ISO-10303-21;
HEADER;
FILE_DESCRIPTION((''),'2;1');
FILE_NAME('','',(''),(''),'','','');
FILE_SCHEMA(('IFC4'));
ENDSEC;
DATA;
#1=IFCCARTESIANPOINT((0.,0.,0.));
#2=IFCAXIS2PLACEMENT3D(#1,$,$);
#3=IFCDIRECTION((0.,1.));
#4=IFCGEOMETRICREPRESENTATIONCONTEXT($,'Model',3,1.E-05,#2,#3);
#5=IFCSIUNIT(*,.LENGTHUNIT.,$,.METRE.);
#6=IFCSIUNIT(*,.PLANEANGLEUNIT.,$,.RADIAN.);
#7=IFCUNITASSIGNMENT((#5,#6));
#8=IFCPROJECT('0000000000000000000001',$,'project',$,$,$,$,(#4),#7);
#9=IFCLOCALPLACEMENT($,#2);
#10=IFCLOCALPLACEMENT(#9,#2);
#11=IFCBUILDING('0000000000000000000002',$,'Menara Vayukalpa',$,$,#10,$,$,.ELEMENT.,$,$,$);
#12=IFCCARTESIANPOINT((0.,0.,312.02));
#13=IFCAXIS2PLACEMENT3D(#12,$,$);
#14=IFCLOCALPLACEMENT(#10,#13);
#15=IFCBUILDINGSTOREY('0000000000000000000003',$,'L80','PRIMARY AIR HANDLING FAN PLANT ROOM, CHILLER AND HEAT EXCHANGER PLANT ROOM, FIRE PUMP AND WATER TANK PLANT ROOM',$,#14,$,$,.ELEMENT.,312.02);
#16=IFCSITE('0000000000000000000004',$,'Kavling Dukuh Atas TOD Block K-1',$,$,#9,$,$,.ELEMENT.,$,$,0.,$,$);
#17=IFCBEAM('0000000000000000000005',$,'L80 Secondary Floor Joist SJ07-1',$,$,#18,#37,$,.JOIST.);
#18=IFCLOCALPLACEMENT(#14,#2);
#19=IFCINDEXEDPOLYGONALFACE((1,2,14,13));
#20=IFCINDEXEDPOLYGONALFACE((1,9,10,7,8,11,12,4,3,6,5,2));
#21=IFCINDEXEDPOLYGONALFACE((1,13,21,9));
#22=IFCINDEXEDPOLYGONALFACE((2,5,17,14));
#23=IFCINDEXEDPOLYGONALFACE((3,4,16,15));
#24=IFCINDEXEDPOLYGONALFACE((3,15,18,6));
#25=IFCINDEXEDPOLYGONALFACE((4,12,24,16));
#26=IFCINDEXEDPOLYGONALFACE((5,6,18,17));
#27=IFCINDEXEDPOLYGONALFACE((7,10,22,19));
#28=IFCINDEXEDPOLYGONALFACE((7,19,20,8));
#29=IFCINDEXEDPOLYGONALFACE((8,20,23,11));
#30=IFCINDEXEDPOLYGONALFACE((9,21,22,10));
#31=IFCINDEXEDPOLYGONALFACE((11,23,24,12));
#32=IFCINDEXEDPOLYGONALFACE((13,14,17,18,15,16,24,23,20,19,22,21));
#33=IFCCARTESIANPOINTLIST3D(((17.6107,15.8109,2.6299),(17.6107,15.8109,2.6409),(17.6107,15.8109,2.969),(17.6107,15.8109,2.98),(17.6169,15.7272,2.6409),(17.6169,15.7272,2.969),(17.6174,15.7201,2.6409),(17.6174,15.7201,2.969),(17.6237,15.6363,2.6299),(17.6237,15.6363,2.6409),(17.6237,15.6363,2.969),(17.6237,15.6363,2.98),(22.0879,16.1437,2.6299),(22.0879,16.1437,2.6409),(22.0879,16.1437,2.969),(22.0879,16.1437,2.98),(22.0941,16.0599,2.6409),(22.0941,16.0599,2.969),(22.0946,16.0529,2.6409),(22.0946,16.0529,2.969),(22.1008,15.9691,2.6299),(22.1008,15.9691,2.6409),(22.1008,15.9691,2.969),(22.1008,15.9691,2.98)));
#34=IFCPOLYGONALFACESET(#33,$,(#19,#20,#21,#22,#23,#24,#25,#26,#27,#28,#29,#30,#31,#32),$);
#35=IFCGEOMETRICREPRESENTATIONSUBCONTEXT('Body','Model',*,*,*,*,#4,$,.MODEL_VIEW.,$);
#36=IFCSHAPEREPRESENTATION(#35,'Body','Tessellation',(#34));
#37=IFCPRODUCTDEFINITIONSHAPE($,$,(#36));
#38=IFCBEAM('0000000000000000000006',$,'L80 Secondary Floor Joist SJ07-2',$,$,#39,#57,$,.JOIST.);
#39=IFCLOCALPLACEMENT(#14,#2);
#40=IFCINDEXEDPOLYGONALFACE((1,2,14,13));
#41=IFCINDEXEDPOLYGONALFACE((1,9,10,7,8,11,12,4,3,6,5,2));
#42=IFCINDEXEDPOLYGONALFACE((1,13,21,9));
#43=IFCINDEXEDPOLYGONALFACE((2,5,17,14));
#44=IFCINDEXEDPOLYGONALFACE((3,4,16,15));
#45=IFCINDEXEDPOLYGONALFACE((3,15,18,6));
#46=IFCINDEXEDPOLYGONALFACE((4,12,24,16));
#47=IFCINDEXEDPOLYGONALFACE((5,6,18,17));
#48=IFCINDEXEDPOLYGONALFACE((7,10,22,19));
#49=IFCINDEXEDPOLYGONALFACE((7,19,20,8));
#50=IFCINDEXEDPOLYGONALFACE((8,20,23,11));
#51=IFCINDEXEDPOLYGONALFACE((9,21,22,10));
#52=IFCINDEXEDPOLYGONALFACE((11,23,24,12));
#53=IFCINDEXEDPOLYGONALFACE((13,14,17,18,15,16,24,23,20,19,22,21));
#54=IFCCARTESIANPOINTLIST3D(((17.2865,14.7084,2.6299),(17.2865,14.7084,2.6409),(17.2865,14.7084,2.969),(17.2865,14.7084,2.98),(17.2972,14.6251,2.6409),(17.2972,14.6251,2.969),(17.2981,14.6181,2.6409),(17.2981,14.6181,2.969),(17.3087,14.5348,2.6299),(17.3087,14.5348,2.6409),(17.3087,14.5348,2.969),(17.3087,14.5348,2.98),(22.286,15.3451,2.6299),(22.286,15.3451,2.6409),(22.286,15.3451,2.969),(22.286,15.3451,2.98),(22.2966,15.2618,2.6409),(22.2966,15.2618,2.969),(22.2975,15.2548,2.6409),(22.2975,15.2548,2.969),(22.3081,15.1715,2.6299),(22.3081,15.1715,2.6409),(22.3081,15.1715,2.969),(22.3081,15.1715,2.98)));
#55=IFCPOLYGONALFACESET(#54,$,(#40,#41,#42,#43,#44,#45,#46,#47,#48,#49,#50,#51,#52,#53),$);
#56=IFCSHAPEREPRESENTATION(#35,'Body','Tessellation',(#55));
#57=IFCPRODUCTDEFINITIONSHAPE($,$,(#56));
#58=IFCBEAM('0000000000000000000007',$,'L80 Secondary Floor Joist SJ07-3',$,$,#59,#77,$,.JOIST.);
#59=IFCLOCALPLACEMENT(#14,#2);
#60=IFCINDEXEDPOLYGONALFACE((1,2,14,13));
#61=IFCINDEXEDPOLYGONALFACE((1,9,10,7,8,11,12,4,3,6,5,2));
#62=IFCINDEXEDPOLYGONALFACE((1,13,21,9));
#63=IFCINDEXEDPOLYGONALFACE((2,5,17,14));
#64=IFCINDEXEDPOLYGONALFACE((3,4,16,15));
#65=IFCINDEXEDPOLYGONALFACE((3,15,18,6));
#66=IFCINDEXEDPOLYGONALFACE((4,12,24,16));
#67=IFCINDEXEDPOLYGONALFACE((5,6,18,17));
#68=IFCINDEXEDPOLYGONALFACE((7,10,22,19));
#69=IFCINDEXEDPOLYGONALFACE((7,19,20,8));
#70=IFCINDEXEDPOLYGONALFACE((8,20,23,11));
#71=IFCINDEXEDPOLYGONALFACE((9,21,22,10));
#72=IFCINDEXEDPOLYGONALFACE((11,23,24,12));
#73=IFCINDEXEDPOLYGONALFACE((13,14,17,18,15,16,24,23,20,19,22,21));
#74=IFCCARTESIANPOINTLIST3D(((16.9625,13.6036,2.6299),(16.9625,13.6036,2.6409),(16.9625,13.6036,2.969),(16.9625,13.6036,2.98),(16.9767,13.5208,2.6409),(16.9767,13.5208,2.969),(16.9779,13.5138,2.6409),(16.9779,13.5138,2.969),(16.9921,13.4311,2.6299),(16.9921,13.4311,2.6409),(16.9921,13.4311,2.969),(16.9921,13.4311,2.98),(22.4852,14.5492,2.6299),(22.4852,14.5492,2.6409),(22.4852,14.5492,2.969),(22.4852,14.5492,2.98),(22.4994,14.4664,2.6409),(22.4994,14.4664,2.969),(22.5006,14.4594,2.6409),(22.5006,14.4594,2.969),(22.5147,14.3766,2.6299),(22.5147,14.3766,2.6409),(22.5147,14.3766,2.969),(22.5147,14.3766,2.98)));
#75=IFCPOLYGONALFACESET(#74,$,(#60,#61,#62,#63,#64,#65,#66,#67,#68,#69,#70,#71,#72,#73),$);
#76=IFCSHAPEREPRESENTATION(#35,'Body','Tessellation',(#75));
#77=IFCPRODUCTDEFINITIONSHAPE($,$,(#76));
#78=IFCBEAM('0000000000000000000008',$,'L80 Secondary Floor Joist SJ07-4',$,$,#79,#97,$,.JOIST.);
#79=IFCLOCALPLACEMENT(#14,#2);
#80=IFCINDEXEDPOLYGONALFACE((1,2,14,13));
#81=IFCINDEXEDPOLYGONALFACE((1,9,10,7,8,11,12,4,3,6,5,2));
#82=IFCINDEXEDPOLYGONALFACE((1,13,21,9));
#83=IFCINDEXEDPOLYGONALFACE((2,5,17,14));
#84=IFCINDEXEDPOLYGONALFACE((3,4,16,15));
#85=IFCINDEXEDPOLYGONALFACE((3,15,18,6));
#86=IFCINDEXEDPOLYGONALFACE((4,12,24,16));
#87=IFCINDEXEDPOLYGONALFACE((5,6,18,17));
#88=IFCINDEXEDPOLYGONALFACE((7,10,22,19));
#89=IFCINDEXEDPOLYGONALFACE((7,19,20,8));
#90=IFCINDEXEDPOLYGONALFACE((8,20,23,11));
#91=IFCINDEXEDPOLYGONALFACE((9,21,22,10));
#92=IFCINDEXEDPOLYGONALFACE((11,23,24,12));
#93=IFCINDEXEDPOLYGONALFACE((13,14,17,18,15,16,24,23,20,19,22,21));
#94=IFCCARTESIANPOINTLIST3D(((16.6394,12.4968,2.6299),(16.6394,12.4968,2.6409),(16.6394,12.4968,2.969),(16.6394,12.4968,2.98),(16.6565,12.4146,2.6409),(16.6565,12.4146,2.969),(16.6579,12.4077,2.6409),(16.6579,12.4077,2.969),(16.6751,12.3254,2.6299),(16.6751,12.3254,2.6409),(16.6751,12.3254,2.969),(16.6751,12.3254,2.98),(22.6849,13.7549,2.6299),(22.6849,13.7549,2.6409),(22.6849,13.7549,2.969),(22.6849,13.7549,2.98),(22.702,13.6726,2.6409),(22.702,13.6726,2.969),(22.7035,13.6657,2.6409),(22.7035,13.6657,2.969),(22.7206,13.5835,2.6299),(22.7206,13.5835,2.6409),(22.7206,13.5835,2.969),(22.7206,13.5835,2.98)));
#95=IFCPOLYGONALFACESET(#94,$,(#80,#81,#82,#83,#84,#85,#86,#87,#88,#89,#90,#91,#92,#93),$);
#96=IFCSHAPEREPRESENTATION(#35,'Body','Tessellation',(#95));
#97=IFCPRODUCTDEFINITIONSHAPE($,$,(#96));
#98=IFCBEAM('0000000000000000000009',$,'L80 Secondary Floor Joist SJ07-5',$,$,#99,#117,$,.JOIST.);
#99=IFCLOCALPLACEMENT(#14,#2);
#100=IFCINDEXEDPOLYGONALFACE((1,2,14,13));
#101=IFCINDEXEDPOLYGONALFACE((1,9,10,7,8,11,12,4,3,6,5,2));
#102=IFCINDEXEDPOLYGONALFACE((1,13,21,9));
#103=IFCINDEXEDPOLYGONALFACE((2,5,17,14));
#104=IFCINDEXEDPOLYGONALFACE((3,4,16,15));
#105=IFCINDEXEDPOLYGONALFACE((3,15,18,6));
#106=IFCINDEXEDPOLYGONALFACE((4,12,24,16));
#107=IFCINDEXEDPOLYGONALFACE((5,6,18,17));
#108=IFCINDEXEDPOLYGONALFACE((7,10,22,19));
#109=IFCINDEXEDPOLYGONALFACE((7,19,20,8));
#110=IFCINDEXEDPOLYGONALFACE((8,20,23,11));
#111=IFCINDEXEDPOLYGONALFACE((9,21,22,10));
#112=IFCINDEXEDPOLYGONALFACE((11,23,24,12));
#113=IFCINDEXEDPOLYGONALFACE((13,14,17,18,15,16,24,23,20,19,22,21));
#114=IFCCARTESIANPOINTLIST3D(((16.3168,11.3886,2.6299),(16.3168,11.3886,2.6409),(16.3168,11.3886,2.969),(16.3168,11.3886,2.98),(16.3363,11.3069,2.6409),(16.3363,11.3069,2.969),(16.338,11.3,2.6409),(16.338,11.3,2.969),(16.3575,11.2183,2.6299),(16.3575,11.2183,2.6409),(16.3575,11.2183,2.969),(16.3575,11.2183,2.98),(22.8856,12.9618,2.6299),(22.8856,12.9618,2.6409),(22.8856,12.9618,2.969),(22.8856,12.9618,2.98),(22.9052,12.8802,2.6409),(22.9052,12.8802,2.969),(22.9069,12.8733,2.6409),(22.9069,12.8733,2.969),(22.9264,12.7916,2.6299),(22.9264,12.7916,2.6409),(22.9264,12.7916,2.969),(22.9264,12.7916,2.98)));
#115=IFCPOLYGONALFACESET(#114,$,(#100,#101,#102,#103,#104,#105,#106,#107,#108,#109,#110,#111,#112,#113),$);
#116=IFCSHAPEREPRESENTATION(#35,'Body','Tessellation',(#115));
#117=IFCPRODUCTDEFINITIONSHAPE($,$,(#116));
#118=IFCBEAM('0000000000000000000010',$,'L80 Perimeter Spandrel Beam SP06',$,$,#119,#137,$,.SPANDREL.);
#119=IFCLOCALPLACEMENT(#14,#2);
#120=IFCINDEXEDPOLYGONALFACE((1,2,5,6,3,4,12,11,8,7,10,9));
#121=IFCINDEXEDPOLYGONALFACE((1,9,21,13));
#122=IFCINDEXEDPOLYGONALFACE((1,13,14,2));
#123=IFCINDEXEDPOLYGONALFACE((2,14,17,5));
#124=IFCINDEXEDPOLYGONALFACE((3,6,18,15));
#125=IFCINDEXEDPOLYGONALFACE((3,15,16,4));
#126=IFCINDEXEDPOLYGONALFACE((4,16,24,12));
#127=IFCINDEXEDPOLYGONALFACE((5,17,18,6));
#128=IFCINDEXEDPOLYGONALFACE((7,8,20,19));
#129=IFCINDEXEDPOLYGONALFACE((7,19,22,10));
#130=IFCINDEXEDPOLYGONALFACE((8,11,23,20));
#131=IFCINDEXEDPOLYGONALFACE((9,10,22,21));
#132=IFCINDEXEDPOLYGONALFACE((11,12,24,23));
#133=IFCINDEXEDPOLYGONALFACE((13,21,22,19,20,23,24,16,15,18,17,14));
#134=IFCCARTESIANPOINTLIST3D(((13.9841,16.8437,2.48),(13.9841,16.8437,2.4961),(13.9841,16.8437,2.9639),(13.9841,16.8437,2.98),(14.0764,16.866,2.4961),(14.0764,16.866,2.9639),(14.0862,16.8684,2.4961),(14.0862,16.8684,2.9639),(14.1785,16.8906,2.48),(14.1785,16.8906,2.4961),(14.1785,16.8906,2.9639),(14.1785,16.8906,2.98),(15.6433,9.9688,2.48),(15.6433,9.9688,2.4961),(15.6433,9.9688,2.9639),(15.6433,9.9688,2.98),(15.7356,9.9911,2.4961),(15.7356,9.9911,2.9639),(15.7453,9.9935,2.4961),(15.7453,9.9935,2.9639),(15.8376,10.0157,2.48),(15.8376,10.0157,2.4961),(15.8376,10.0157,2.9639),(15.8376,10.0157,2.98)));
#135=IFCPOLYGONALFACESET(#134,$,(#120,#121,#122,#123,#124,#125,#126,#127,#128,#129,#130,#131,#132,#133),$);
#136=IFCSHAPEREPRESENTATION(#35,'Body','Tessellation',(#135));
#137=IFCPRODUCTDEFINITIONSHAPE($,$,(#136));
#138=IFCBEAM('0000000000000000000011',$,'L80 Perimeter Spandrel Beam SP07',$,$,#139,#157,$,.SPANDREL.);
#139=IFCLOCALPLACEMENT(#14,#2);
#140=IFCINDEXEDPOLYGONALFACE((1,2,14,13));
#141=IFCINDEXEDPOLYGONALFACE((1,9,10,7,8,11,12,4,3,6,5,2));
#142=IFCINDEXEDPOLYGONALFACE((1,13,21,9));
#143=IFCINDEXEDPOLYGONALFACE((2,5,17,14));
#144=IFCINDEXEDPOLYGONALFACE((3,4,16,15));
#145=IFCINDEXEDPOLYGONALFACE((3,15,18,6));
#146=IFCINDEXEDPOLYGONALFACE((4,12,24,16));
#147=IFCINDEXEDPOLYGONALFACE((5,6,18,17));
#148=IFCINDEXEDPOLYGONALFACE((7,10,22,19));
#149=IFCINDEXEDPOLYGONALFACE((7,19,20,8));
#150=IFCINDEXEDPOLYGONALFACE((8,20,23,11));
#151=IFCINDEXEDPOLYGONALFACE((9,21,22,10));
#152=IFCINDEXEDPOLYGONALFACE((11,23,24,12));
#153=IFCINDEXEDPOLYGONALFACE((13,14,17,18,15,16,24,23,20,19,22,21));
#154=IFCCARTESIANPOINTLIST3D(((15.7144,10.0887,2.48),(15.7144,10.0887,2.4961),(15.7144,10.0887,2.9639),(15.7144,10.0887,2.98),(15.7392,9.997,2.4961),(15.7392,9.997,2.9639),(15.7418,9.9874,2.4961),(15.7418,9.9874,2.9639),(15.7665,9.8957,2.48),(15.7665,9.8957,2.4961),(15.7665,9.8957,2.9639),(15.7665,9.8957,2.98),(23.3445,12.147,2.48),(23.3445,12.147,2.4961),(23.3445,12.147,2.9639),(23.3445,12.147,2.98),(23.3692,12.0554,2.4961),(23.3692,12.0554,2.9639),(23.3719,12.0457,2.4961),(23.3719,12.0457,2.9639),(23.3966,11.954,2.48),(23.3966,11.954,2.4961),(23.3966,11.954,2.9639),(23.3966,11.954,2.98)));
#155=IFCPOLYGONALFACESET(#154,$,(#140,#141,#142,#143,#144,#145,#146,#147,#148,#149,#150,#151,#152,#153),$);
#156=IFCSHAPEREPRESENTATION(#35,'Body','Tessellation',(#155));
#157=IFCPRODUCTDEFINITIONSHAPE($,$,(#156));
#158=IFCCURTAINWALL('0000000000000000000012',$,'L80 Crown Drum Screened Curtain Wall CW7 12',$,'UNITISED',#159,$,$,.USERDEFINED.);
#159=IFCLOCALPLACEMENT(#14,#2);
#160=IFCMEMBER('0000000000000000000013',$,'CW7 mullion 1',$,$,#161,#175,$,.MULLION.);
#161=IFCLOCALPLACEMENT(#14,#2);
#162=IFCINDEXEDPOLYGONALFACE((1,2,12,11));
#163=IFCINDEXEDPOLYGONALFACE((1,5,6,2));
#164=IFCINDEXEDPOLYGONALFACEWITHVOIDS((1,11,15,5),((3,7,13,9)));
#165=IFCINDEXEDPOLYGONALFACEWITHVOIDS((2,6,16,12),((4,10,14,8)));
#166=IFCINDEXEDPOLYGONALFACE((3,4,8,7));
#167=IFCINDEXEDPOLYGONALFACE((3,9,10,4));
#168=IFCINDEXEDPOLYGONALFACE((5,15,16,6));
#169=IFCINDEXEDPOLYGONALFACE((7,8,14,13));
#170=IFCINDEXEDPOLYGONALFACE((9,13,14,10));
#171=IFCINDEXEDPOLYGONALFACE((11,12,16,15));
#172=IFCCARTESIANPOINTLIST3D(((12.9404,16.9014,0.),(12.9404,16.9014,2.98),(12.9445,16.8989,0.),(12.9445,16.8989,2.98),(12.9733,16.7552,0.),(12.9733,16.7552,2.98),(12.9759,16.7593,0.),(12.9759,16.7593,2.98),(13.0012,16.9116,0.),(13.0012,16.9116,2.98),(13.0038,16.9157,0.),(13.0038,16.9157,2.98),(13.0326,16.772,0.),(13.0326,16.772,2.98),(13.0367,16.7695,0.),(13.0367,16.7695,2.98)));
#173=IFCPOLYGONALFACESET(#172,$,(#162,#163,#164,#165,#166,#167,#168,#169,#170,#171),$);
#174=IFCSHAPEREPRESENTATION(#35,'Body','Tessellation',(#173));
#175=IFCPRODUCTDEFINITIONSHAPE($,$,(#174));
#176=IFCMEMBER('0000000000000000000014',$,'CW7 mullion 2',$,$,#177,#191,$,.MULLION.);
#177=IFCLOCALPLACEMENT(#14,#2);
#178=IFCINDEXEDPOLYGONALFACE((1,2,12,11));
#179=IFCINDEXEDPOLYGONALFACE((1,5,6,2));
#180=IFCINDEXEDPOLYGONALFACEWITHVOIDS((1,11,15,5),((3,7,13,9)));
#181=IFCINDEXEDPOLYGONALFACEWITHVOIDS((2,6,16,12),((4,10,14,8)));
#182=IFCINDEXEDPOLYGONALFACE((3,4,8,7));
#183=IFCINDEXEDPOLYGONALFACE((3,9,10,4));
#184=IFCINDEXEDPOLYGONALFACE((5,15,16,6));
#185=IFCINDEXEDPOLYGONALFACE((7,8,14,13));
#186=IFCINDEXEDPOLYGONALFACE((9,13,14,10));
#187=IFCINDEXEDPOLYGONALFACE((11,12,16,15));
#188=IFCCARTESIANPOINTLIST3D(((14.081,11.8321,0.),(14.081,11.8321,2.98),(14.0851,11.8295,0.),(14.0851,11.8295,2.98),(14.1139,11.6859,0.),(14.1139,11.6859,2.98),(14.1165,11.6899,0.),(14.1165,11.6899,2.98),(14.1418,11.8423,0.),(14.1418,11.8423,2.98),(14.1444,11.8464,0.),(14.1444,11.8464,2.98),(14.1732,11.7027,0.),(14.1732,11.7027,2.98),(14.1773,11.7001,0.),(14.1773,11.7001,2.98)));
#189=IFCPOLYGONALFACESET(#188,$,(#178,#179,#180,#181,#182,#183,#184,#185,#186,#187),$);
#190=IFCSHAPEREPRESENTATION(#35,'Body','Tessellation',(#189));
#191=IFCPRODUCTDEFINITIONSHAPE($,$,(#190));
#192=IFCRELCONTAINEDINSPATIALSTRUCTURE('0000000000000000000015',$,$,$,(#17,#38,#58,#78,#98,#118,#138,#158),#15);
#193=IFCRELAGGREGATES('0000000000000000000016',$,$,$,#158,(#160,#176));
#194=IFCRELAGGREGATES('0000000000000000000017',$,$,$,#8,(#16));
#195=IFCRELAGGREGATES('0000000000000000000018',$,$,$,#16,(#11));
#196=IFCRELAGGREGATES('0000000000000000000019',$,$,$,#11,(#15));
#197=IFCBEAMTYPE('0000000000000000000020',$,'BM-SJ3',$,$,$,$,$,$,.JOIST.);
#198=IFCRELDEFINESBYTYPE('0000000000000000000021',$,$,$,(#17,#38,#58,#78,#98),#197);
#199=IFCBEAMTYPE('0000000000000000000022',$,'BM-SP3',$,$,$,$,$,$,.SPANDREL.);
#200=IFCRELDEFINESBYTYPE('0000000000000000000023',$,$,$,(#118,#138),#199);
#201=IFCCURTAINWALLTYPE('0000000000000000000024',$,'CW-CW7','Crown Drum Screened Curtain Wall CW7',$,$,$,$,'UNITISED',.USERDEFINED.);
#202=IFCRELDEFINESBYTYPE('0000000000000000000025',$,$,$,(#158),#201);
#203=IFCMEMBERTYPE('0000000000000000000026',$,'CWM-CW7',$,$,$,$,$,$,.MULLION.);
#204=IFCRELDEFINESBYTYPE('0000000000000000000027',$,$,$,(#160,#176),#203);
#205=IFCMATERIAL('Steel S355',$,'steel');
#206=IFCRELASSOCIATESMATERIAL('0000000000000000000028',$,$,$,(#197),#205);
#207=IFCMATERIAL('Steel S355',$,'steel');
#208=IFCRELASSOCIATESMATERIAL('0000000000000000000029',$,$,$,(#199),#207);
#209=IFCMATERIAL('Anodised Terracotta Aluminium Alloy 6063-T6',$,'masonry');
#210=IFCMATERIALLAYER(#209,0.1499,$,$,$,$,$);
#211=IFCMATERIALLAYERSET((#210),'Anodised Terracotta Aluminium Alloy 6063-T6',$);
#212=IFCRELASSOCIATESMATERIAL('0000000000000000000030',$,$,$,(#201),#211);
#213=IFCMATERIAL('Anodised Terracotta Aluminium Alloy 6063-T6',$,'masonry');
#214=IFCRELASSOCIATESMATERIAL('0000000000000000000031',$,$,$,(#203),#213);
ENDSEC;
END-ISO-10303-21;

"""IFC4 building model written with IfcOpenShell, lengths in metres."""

from ifc_helpers import new_model, si_unit, direction, frame, origin, origin_2d, place, context, subcontext, project, spatial, hollow_rectangle, i_section, extrude, material, layer, layer_set, material_profile, profile_set, type_object, element, aggregate, save


model = new_model("IFC4")

# Units and contexts
model_context = context("Model", 3, precision=1e-05, world=origin(), true_north=direction((0.0, 1.0)))
body_context = subcontext(model_context, "Body", "Model", "MODEL_VIEW")
ifc_project = project(units=[si_unit("LENGTHUNIT", "METRE"), si_unit("PLANEANGLEUNIT", "RADIAN")], contexts=[model_context])

# Site, building, storey
site_placement = place(None, origin())
site = spatial("IfcSite", under=ifc_project, at=site_placement, Name="Kavling Dukuh Atas TOD Block K-1", CompositionType="ELEMENT", RefElevation=0.0)
building_placement = place(site_placement, origin())
building = spatial("IfcBuilding", under=site, at=building_placement, Name="Menara Vayukalpa", CompositionType="ELEMENT")
storey_placement = place(building_placement, frame((0.0, 0.0, 312.02)))
storey = spatial("IfcBuildingStorey", under=building, at=storey_placement, Name="L80", Description="PRIMARY AIR HANDLING FAN PLANT ROOM, CHILLER AND HEAT EXCHANGER PLANT ROOM, FIRE PUMP AND WATER TANK PLANT ROOM", CompositionType="ELEMENT", Elevation=312.02)

# Beams
ifc_material_1 = material(Name="Steel S355", Category="steel")
ifc_material_profile_1 = material_profile(ifc_material_1, i_section(OverallWidth=0.175, OverallDepth=0.3501, WebThickness=0.0071, FlangeThickness=0.011, at=origin_2d()), Name="WF 350x175x7x11")
ifc_profile_set_1 = profile_set([ifc_material_profile_1], Name="Steel S355")
beam_type_1 = type_object("IfcBeamType", Name="BM-SJ3", PredefinedType="JOIST", material=ifc_profile_set_1)
beam_1_placement = place(storey_placement, frame((17.6172, 15.7236, 2.8049), z_axis=(0.997249, 0.074122, 0.0), x_axis=(-0.074122, 0.997249, 0.0)))
element("IfcBeam", 1, at=beam_1_placement, inside=storey, type_object=beam_type_1, Name="L80 Secondary Floor Joist SJ07-1", PredefinedType="JOIST", context=body_context, shape_type="SweptSolid", body=[
    extrude(i_section(OverallWidth=0.175, OverallDepth=0.3501, WebThickness=0.0071, FlangeThickness=0.011, at=origin_2d()), origin(), (0.0, 0.0, 1.0), 4.4895),
])
beam_2_placement = place(storey_placement, frame((17.2976, 14.6216, 2.8049), z_axis=(0.991988, 0.126336, 0.0), x_axis=(-0.126336, 0.991988, 0.0)))
element("IfcBeam", 2, at=beam_2_placement, inside=storey, type_object=beam_type_1, Name="L80 Secondary Floor Joist SJ07-2", PredefinedType="JOIST", context=body_context, shape_type="SweptSolid", body=[
    extrude(i_section(OverallWidth=0.175, OverallDepth=0.3501, WebThickness=0.0071, FlangeThickness=0.011, at=origin_2d()), origin(), (0.0, 0.0, 1.0), 5.0398),
])
beam_3_placement = place(storey_placement, frame((16.9773, 13.5173, 2.8049), z_axis=(0.985658, 0.168757, 0.0), x_axis=(-0.168757, 0.985658, 0.0)))
element("IfcBeam", 3, at=beam_3_placement, inside=storey, type_object=beam_type_1, Name="L80 Secondary Floor Joist SJ07-3", PredefinedType="JOIST", context=body_context, shape_type="SweptSolid", body=[
    extrude(i_section(OverallWidth=0.175, OverallDepth=0.3501, WebThickness=0.0071, FlangeThickness=0.011, at=origin_2d()), origin(), (0.0, 0.0, 1.0), 5.603),
])
beam_4_placement = place(storey_placement, frame((16.6572, 12.4111, 2.8049), z_axis=(0.979027, 0.203728, 0.0), x_axis=(-0.203728, 0.979027, 0.0)))
element("IfcBeam", 4, at=beam_4_placement, inside=storey, type_object=beam_type_1, Name="L80 Secondary Floor Joist SJ07-4", PredefinedType="JOIST", context=body_context, shape_type="SweptSolid", body=[
    extrude(i_section(OverallWidth=0.175, OverallDepth=0.3501, WebThickness=0.0071, FlangeThickness=0.011, at=origin_2d()), origin(), (0.0, 0.0, 1.0), 6.175),
])
beam_5_placement = place(storey_placement, frame((16.3372, 11.3035, 2.8049), z_axis=(0.972497, 0.232914, 0.0), x_axis=(-0.232914, 0.972497, 0.0)))
element("IfcBeam", 5, at=beam_5_placement, inside=storey, type_object=beam_type_1, Name="L80 Secondary Floor Joist SJ07-5", PredefinedType="JOIST", context=body_context, shape_type="SweptSolid", body=[
    extrude(i_section(OverallWidth=0.175, OverallDepth=0.3501, WebThickness=0.0071, FlangeThickness=0.011, at=origin_2d()), origin(), (0.0, 0.0, 1.0), 6.7546),
])
ifc_material_2 = material(Name="Steel S355", Category="steel")
ifc_material_profile_2 = material_profile(ifc_material_2, i_section(OverallWidth=0.2, OverallDepth=0.5, WebThickness=0.01, FlangeThickness=0.0161, at=origin_2d()), Name="WF 500x200x10x16")
ifc_profile_set_2 = profile_set([ifc_material_profile_2], Name="Steel S355")
beam_type_2 = type_object("IfcBeamType", Name="BM-SP3", PredefinedType="SPANDREL", material=ifc_profile_set_2)
beam_6_placement = place(storey_placement, frame((14.0813, 16.8672, 2.73), z_axis=(0.2346, -0.972092, 0.0), x_axis=(0.972092, 0.2346, 0.0)))
element("IfcBeam", 6, at=beam_6_placement, inside=storey, type_object=beam_type_2, Name="L80 Perimeter Spandrel Beam SP06", PredefinedType="SPANDREL", context=body_context, shape_type="SweptSolid", body=[
    extrude(i_section(OverallWidth=0.2, OverallDepth=0.5, WebThickness=0.01, FlangeThickness=0.0161, at=origin_2d()), origin(), (0.0, 0.0, 1.0), 7.0723),
])
beam_7_placement = place(storey_placement, frame((15.7405, 9.9922, 2.73), z_axis=(0.965486, 0.260455, 0.0), x_axis=(-0.260455, 0.965486, 0.0)))
element("IfcBeam", 7, at=beam_7_placement, inside=storey, type_object=beam_type_2, Name="L80 Perimeter Spandrel Beam SP07", PredefinedType="SPANDREL", context=body_context, shape_type="SweptSolid", body=[
    extrude(i_section(OverallWidth=0.2, OverallDepth=0.5, WebThickness=0.01, FlangeThickness=0.0161, at=origin_2d()), origin(), (0.0, 0.0, 1.0), 7.9028),
])

# Curtain wall, members
ifc_material_3 = material(Name="Anodised Terracotta Aluminium Alloy 6063-T6", Category="masonry")
ifc_layer_1 = layer(ifc_material_3, 0.1499)
ifc_layer_set_1 = layer_set([ifc_layer_1], Name="Anodised Terracotta Aluminium Alloy 6063-T6")
curtain_wall_type = type_object("IfcCurtainWallType", Name="CW-CW7", Description="Crown Drum Screened Curtain Wall CW7", ElementType="UNITISED", PredefinedType="USERDEFINED", material=ifc_layer_set_1)
curtain_wall_placement = place(storey_placement, origin())
curtain_wall = element("IfcCurtainWall", 8, at=curtain_wall_placement, inside=storey, type_object=curtain_wall_type, Name="L80 Crown Drum Screened Curtain Wall CW7 12", ObjectType="UNITISED", PredefinedType="USERDEFINED")
ifc_material_4 = material(Name="Anodised Terracotta Aluminium Alloy 6063-T6", Category="masonry")
ifc_material_profile_3 = material_profile(ifc_material_4, hollow_rectangle(XDim=0.0649, YDim=0.1499, WallThickness=0.0034, at=origin_2d()), Name="ALU 65x150x3.5")
ifc_profile_set_3 = profile_set([ifc_material_profile_3], Name="Anodised Terracotta Aluminium Alloy 6063-T6")
member_type_1 = type_object("IfcMemberType", Name="CWM-CW7", PredefinedType="MULLION", material=ifc_profile_set_3)
member_1_placement = place(storey_placement, frame((12.9885, 16.8354, 0.0), z_axis=(0.0, 0.0, 1.0), x_axis=(0.975609, 0.219516, 0.0)))
member_1 = element("IfcMember", 9, at=member_1_placement, type_object=member_type_1, Name="CW7 mullion 1", PredefinedType="MULLION", context=body_context, shape_type="SweptSolid", body=[
    extrude(hollow_rectangle(XDim=0.0649, YDim=0.1499, WallThickness=0.0034, at=origin_2d()), origin(), (0.0, 0.0, 1.0), 2.98),
])
member_2_placement = place(storey_placement, frame((14.1292, 11.7661, 0.0), z_axis=(0.0, 0.0, 1.0), x_axis=(0.975609, 0.219516, 0.0)))
member_2 = element("IfcMember", 10, at=member_2_placement, type_object=member_type_1, Name="CW7 mullion 2", PredefinedType="MULLION", context=body_context, shape_type="SweptSolid", body=[
    extrude(hollow_rectangle(XDim=0.0649, YDim=0.1499, WallThickness=0.0034, at=origin_2d()), origin(), (0.0, 0.0, 1.0), 2.98),
])
aggregate(curtain_wall, [member_1, member_2])

save(model, "model.ifc")
